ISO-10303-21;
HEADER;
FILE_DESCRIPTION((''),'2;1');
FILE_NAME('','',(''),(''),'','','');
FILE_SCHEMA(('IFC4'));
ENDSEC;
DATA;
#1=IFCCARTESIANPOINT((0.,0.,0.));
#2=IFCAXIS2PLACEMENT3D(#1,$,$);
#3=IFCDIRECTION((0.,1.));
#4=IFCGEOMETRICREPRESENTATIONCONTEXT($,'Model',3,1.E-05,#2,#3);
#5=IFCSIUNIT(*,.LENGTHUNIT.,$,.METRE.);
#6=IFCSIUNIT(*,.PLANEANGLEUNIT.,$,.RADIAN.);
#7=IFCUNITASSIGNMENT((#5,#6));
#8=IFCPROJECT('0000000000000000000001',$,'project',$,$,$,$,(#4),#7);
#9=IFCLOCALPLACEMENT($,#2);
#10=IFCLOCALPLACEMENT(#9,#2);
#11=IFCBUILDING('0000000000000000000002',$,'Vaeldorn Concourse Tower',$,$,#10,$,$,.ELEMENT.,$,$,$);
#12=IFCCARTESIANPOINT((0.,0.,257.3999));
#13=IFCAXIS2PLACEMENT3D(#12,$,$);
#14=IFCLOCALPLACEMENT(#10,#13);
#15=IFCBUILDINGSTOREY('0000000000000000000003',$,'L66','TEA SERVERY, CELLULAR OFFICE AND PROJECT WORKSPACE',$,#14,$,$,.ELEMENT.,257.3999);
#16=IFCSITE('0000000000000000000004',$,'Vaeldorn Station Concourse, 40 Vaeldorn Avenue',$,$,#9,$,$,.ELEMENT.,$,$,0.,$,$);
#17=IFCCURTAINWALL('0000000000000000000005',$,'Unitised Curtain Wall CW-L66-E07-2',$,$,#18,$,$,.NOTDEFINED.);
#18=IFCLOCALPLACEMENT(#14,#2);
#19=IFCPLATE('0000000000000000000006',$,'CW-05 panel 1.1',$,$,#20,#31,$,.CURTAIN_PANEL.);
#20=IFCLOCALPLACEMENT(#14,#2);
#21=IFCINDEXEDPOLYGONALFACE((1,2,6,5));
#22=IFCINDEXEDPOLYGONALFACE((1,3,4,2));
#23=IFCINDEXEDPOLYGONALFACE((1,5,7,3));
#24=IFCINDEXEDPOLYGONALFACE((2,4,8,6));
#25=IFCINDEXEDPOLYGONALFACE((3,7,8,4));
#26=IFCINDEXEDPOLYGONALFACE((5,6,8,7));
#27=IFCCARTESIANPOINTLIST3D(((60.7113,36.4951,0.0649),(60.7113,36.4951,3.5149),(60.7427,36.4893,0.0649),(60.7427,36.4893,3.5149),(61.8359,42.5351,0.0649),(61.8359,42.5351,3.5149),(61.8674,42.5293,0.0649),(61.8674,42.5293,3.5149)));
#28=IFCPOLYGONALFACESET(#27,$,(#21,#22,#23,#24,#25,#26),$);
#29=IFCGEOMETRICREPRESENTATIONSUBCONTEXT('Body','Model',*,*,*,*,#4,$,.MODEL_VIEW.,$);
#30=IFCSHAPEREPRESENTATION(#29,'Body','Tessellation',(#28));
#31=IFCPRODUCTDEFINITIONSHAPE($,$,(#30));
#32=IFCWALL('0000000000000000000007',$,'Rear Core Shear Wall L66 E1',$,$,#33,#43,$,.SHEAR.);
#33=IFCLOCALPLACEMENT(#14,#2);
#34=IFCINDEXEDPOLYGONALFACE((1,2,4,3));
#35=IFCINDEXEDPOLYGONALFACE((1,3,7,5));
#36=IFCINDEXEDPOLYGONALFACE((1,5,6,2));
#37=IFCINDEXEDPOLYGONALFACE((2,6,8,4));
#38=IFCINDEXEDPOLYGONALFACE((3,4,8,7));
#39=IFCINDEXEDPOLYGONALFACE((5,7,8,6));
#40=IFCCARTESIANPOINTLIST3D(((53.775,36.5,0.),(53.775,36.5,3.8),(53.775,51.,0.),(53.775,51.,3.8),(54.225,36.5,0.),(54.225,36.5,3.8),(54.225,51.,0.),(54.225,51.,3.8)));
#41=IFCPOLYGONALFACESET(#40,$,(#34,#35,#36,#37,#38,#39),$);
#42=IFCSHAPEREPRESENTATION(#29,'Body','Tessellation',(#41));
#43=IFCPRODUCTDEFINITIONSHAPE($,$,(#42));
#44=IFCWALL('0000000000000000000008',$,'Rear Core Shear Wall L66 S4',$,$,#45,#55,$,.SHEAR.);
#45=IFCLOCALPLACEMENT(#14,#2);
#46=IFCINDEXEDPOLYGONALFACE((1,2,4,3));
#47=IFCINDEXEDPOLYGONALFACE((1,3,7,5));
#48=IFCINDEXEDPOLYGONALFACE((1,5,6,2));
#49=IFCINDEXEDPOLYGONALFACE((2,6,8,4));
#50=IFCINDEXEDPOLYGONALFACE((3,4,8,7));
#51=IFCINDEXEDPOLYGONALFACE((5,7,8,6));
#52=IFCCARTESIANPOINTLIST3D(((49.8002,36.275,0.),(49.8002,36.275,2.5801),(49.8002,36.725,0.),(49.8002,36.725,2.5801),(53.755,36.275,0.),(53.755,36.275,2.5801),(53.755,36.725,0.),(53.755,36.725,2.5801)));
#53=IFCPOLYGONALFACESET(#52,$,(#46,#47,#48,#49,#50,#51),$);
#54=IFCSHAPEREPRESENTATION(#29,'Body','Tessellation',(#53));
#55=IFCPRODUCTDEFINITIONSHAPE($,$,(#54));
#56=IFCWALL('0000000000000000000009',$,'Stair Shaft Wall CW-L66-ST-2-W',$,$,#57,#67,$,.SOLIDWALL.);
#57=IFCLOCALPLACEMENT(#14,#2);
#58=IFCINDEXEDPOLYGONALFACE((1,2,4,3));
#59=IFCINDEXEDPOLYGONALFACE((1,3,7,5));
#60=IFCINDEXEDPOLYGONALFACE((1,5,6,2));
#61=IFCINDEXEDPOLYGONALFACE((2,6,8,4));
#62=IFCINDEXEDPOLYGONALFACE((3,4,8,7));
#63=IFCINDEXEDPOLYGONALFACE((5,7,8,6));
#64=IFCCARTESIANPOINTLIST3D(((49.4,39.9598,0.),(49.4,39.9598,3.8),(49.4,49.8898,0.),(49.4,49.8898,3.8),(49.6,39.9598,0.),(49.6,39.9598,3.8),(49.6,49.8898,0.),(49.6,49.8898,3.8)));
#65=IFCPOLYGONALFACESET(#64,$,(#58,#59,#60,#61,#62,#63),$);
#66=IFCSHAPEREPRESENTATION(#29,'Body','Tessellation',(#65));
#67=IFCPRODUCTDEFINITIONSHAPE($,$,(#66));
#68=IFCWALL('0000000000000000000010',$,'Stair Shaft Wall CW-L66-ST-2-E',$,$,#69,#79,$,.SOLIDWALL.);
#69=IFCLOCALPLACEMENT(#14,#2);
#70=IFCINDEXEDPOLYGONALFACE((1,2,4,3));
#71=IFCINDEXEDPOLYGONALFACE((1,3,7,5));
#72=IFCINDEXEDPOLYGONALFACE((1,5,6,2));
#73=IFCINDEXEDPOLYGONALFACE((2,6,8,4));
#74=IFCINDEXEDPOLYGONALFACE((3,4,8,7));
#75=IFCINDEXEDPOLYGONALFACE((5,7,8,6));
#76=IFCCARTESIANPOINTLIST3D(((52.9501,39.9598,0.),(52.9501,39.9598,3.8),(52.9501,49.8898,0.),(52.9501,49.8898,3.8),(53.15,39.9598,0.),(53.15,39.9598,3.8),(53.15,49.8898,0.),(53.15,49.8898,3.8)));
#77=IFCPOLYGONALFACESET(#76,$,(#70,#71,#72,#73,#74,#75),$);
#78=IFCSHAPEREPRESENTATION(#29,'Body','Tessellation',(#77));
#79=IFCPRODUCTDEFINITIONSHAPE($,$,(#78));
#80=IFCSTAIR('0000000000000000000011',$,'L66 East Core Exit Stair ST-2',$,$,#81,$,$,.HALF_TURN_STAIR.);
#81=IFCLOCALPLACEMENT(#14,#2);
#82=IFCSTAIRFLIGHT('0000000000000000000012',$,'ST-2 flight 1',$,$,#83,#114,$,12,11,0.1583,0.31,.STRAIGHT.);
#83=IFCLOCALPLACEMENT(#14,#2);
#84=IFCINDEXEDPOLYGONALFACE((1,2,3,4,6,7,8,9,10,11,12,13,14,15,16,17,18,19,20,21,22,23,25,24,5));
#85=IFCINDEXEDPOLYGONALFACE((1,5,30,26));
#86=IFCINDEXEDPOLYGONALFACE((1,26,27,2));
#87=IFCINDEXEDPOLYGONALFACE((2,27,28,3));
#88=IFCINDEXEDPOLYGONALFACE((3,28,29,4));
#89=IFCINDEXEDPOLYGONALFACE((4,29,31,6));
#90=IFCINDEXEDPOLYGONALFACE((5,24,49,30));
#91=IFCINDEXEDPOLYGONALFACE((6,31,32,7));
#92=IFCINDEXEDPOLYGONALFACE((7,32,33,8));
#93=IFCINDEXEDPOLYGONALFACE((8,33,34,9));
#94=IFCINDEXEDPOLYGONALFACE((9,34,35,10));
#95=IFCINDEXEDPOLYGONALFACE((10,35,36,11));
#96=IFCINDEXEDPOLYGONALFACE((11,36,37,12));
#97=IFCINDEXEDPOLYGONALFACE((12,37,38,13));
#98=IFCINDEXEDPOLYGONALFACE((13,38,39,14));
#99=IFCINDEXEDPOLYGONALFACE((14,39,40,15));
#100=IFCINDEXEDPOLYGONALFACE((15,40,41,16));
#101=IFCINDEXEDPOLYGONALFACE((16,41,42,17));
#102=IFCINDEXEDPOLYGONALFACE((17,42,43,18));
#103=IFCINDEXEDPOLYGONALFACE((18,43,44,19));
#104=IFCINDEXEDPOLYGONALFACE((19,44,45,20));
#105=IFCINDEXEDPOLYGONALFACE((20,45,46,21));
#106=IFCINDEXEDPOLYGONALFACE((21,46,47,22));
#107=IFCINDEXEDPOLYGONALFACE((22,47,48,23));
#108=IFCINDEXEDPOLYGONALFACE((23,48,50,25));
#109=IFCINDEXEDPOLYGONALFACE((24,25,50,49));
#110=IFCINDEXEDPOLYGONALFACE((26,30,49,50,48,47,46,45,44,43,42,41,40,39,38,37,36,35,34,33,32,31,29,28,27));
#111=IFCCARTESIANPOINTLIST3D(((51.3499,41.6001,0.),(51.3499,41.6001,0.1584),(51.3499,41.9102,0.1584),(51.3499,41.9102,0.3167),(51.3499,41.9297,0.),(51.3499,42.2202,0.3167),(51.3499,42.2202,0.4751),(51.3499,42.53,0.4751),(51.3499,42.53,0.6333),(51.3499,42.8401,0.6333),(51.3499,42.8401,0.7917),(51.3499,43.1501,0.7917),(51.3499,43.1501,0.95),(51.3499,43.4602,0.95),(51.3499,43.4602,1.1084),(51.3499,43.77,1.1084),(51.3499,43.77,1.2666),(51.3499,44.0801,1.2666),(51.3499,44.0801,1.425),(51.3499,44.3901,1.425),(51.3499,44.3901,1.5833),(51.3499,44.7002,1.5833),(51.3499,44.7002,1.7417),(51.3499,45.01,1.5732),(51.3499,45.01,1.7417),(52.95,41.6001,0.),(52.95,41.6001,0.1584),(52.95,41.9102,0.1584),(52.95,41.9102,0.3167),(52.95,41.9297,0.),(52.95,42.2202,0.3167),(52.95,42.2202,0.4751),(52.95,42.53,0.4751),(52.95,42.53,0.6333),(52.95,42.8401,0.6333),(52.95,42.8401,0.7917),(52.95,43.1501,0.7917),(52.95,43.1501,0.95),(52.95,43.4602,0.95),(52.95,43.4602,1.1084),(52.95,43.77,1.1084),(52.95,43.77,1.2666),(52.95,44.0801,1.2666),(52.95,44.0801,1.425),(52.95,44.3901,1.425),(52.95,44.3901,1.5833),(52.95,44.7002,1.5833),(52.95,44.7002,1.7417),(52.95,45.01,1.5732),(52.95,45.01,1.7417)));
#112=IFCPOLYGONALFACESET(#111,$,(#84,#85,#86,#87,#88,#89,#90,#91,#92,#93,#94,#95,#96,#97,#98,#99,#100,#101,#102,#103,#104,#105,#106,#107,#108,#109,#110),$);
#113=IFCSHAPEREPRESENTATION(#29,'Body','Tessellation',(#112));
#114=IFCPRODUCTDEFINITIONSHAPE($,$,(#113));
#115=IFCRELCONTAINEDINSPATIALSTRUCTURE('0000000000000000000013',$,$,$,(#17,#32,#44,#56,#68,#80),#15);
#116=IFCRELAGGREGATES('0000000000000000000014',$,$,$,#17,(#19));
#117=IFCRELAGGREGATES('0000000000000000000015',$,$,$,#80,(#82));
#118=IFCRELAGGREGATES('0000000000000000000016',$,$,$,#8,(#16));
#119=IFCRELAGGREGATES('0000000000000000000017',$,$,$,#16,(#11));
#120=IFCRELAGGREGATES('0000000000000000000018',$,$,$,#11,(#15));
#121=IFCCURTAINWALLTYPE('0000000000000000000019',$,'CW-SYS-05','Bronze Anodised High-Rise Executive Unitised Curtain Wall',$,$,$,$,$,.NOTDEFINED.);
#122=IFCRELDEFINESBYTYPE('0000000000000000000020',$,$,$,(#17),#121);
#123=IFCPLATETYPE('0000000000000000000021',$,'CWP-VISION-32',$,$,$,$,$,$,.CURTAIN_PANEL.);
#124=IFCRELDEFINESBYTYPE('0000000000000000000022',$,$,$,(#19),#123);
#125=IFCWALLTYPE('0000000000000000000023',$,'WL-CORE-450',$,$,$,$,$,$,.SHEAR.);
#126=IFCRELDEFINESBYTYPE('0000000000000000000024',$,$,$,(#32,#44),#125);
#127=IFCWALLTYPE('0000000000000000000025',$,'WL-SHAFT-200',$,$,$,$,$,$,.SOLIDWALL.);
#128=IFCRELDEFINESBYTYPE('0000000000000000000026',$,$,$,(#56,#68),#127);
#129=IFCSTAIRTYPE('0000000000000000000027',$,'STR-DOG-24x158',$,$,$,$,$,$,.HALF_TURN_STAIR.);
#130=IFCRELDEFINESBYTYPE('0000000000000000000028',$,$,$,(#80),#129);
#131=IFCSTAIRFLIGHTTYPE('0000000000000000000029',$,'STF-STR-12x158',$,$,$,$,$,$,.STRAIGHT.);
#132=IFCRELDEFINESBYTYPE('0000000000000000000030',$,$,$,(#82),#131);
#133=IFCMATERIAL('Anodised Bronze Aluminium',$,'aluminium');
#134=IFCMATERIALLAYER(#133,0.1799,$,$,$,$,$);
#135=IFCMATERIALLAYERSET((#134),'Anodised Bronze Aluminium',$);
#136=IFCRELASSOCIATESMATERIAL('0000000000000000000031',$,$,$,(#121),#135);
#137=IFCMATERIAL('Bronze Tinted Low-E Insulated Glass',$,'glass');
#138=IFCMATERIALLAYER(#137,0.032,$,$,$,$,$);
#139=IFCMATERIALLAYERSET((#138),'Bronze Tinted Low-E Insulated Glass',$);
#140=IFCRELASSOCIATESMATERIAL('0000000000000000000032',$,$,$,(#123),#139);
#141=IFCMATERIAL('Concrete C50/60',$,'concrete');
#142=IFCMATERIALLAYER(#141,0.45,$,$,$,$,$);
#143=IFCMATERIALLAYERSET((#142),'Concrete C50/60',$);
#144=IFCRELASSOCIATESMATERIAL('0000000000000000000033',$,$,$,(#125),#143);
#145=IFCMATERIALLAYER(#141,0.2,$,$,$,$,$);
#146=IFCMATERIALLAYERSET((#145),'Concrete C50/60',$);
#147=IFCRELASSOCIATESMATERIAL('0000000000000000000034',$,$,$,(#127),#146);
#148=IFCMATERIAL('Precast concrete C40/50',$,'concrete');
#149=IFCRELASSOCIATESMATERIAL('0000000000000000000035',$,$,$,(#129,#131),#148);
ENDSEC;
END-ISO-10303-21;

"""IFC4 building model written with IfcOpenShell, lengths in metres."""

from ifc_helpers import new_model, si_unit, direction, frame, frame_2d, origin, origin_2d, place, context, subcontext, project, spatial, polyline, rectangle, outline, extrude, source, transform, mapped, material, layer, layer_set, type_object, element, aggregate, save


model = new_model("IFC4")

# Units and contexts
model_context = context("Model", 3, precision=1e-05, world=origin(), true_north=direction((0.0, 1.0)))
body_context = subcontext(model_context, "Body", "Model", "MODEL_VIEW")
ifc_project = project(units=[si_unit("LENGTHUNIT", "METRE"), si_unit("PLANEANGLEUNIT", "RADIAN")], contexts=[model_context])

# Site, building, storey
site_placement = place(None, origin())
site = spatial("IfcSite", under=ifc_project, at=site_placement, Name="Vaeldorn Station Concourse, 40 Vaeldorn Avenue", CompositionType="ELEMENT", RefElevation=0.0)
building_placement = place(site_placement, origin())
building = spatial("IfcBuilding", under=site, at=building_placement, Name="Vaeldorn Concourse Tower", CompositionType="ELEMENT")
storey_placement = place(building_placement, frame((0.0, 0.0, 257.3999)))
storey = spatial("IfcBuildingStorey", under=building, at=storey_placement, Name="L66", Description="TEA SERVERY, CELLULAR OFFICE AND PROJECT WORKSPACE", CompositionType="ELEMENT", Elevation=257.3999)

# Shared definitions
ifc_material_1 = material(Name="Concrete C50/60", Category="concrete")

# Curtain wall, plate
ifc_material_2 = material(Name="Anodised Bronze Aluminium", Category="aluminium")
ifc_layer_1 = layer(ifc_material_2, 0.1799)
ifc_layer_set_1 = layer_set([ifc_layer_1], Name="Anodised Bronze Aluminium")
curtain_wall_type = type_object("IfcCurtainWallType", Name="CW-SYS-05", Description="Bronze Anodised High-Rise Executive Unitised Curtain Wall", PredefinedType="NOTDEFINED", material=ifc_layer_set_1)
curtain_wall_placement = place(storey_placement, origin())
curtain_wall = element("IfcCurtainWall", 1, at=curtain_wall_placement, inside=storey, type_object=curtain_wall_type, Name="Unitised Curtain Wall CW-L66-E07-2", PredefinedType="NOTDEFINED")
ifc_material_3 = material(Name="Bronze Tinted Low-E Insulated Glass", Category="glass")
ifc_layer_2 = layer(ifc_material_3, 0.032)
ifc_layer_set_2 = layer_set([ifc_layer_2], Name="Bronze Tinted Low-E Insulated Glass")
plate_type = type_object("IfcPlateType", Name="CWP-VISION-32", PredefinedType="CURTAIN_PANEL", material=ifc_layer_set_2)
shared_shape_1 = source(origin(), body_context, "Body", "SweptSolid", [
    extrude(rectangle(XDim=6.1438, YDim=0.032, at=origin_2d()), origin(), (0.0, 0.0, 1.0), 3.45),
])
plate_placement = place(storey_placement, frame((61.2893, 39.5122, 0.0649), z_axis=(0.0, 0.0, 1.0), x_axis=(0.183054, 0.983103, 0.0)))
plate = element("IfcPlate", 2, at=plate_placement, type_object=plate_type, Name="CW-05 panel 1.1", PredefinedType="CURTAIN_PANEL", context=body_context, shape_type="MappedRepresentation", body=[
    mapped(shared_shape_1, transform((0.0, 0.0, 0.0), scale=1.0)),
])
aggregate(curtain_wall, [plate])

# Walls
ifc_layer_3 = layer(ifc_material_1, 0.45)
ifc_layer_set_3 = layer_set([ifc_layer_3], Name="Concrete C50/60")
wall_type_1 = type_object("IfcWallType", Name="WL-CORE-450", PredefinedType="SHEAR", material=ifc_layer_set_3)
wall_1_placement = place(storey_placement, frame((54.0, 36.5, 0.0), z_axis=(0.0, 0.0, 1.0), x_axis=(0.0, 1.0, 0.0)))
element("IfcWall", 3, at=wall_1_placement, inside=storey, type_object=wall_type_1, Name="Rear Core Shear Wall L66 E1", PredefinedType="SHEAR", context=body_context, shape_type="SweptSolid", body=[
    extrude(rectangle(XDim=14.5, YDim=0.45, at=frame_2d((7.25, 0.0))), origin(), (0.0, 0.0, 1.0), 3.8),
])
wall_2_placement = place(storey_placement, frame((49.8, 36.5, 0.0), z_axis=(0.0, 0.0, 1.0), x_axis=(1.0, 0.0, 0.0)))
element("IfcWall", 4, at=wall_2_placement, inside=storey, type_object=wall_type_1, Name="Rear Core Shear Wall L66 S4", PredefinedType="SHEAR", context=body_context, shape_type="SweptSolid", body=[
    extrude(rectangle(XDim=3.9548, YDim=0.45, at=frame_2d((1.9775, 0.0))), origin(), (0.0, 0.0, 1.0), 2.5801),
])
ifc_layer_4 = layer(ifc_material_1, 0.2)
ifc_layer_set_4 = layer_set([ifc_layer_4], Name="Concrete C50/60")
wall_type_2 = type_object("IfcWallType", Name="WL-SHAFT-200", PredefinedType="SOLIDWALL", material=ifc_layer_set_4)
for number, where, z_axis, x_axis, name in (
    (5, (49.5, 39.96, 0.0), (0.0, 0.0, 1.0), (0.0, 1.0, 0.0), "Stair Shaft Wall CW-L66-ST-2-W"),
    (6, (53.05, 39.96, 0.0), (0.0, 0.0, 1.0), (0.0, 1.0, 0.0), "Stair Shaft Wall CW-L66-ST-2-E"),
):
    element("IfcWall", number, at=place(storey_placement, frame(where, z_axis=z_axis, x_axis=x_axis)), inside=storey, type_object=wall_type_2, Name=name, PredefinedType="SOLIDWALL", context=body_context, shape_type="SweptSolid", body=[
        extrude(rectangle(XDim=9.9299, YDim=0.2, at=frame_2d((4.9648, 0.0))), origin(), (0.0, 0.0, 1.0), 3.8),
    ])

# Stair, stair flight
ifc_material_4 = material(Name="Precast concrete C40/50", Category="concrete")
stair_type = type_object("IfcStairType", Name="STR-DOG-24x158", PredefinedType="HALF_TURN_STAIR", material=ifc_material_4)
stair_placement = place(storey_placement, origin())
stair = element("IfcStair", 7, at=stair_placement, inside=storey, type_object=stair_type, Name="L66 East Core Exit Stair ST-2", PredefinedType="HALF_TURN_STAIR")
stair_flight_type = type_object("IfcStairFlightType", Name="STF-STR-12x158", PredefinedType="STRAIGHT", material=ifc_material_4)
stair_flight_placement = place(storey_placement, frame((52.1499, 41.6001, 0.0), z_axis=(0.0, 0.0, 1.0), x_axis=(0.0, 1.0, 0.0)))
stair_flight = element("IfcStairFlight", 8, at=stair_flight_placement, type_object=stair_flight_type, Name="ST-2 flight 1", NumberOfRisers=12, NumberOfTreads=11, PredefinedType="STRAIGHT", RiserHeight=0.1583, TreadLength=0.31, context=body_context, shape_type="SweptSolid", body=[
    extrude(outline(polyline([(0.0, 0.0), (0.0, 0.1584), (0.3101, 0.1584), (0.3101, 0.3167), (0.6201, 0.3167), (0.6201, 0.4751), (0.9299, 0.4751), (0.9299, 0.6333), (1.24, 0.6333), (1.24, 0.7917), (1.55, 0.7917), (1.55, 0.95), (1.8601, 0.95), (1.8601, 1.1084), (2.1699, 1.1084), (2.1699, 1.2666), (2.48, 1.2666), (2.48, 1.425), (2.79, 1.425), (2.79, 1.5833), (3.1001, 1.5833), (3.1001, 1.7417), (3.4099, 1.7417), (3.4099, 1.8999), (3.4099, 1.5732), (0.3296, 0.0), (0.0, 0.0)])), frame((0.0, 0.8, 0.0), z_axis=(0.0, -1.0, 0.0), x_axis=(1.0, 0.0, 0.0)), (0.0, 0.0, 1.0), 1.6001),
])
aggregate(stair, [stair_flight])

save(model, "model.ifc")
